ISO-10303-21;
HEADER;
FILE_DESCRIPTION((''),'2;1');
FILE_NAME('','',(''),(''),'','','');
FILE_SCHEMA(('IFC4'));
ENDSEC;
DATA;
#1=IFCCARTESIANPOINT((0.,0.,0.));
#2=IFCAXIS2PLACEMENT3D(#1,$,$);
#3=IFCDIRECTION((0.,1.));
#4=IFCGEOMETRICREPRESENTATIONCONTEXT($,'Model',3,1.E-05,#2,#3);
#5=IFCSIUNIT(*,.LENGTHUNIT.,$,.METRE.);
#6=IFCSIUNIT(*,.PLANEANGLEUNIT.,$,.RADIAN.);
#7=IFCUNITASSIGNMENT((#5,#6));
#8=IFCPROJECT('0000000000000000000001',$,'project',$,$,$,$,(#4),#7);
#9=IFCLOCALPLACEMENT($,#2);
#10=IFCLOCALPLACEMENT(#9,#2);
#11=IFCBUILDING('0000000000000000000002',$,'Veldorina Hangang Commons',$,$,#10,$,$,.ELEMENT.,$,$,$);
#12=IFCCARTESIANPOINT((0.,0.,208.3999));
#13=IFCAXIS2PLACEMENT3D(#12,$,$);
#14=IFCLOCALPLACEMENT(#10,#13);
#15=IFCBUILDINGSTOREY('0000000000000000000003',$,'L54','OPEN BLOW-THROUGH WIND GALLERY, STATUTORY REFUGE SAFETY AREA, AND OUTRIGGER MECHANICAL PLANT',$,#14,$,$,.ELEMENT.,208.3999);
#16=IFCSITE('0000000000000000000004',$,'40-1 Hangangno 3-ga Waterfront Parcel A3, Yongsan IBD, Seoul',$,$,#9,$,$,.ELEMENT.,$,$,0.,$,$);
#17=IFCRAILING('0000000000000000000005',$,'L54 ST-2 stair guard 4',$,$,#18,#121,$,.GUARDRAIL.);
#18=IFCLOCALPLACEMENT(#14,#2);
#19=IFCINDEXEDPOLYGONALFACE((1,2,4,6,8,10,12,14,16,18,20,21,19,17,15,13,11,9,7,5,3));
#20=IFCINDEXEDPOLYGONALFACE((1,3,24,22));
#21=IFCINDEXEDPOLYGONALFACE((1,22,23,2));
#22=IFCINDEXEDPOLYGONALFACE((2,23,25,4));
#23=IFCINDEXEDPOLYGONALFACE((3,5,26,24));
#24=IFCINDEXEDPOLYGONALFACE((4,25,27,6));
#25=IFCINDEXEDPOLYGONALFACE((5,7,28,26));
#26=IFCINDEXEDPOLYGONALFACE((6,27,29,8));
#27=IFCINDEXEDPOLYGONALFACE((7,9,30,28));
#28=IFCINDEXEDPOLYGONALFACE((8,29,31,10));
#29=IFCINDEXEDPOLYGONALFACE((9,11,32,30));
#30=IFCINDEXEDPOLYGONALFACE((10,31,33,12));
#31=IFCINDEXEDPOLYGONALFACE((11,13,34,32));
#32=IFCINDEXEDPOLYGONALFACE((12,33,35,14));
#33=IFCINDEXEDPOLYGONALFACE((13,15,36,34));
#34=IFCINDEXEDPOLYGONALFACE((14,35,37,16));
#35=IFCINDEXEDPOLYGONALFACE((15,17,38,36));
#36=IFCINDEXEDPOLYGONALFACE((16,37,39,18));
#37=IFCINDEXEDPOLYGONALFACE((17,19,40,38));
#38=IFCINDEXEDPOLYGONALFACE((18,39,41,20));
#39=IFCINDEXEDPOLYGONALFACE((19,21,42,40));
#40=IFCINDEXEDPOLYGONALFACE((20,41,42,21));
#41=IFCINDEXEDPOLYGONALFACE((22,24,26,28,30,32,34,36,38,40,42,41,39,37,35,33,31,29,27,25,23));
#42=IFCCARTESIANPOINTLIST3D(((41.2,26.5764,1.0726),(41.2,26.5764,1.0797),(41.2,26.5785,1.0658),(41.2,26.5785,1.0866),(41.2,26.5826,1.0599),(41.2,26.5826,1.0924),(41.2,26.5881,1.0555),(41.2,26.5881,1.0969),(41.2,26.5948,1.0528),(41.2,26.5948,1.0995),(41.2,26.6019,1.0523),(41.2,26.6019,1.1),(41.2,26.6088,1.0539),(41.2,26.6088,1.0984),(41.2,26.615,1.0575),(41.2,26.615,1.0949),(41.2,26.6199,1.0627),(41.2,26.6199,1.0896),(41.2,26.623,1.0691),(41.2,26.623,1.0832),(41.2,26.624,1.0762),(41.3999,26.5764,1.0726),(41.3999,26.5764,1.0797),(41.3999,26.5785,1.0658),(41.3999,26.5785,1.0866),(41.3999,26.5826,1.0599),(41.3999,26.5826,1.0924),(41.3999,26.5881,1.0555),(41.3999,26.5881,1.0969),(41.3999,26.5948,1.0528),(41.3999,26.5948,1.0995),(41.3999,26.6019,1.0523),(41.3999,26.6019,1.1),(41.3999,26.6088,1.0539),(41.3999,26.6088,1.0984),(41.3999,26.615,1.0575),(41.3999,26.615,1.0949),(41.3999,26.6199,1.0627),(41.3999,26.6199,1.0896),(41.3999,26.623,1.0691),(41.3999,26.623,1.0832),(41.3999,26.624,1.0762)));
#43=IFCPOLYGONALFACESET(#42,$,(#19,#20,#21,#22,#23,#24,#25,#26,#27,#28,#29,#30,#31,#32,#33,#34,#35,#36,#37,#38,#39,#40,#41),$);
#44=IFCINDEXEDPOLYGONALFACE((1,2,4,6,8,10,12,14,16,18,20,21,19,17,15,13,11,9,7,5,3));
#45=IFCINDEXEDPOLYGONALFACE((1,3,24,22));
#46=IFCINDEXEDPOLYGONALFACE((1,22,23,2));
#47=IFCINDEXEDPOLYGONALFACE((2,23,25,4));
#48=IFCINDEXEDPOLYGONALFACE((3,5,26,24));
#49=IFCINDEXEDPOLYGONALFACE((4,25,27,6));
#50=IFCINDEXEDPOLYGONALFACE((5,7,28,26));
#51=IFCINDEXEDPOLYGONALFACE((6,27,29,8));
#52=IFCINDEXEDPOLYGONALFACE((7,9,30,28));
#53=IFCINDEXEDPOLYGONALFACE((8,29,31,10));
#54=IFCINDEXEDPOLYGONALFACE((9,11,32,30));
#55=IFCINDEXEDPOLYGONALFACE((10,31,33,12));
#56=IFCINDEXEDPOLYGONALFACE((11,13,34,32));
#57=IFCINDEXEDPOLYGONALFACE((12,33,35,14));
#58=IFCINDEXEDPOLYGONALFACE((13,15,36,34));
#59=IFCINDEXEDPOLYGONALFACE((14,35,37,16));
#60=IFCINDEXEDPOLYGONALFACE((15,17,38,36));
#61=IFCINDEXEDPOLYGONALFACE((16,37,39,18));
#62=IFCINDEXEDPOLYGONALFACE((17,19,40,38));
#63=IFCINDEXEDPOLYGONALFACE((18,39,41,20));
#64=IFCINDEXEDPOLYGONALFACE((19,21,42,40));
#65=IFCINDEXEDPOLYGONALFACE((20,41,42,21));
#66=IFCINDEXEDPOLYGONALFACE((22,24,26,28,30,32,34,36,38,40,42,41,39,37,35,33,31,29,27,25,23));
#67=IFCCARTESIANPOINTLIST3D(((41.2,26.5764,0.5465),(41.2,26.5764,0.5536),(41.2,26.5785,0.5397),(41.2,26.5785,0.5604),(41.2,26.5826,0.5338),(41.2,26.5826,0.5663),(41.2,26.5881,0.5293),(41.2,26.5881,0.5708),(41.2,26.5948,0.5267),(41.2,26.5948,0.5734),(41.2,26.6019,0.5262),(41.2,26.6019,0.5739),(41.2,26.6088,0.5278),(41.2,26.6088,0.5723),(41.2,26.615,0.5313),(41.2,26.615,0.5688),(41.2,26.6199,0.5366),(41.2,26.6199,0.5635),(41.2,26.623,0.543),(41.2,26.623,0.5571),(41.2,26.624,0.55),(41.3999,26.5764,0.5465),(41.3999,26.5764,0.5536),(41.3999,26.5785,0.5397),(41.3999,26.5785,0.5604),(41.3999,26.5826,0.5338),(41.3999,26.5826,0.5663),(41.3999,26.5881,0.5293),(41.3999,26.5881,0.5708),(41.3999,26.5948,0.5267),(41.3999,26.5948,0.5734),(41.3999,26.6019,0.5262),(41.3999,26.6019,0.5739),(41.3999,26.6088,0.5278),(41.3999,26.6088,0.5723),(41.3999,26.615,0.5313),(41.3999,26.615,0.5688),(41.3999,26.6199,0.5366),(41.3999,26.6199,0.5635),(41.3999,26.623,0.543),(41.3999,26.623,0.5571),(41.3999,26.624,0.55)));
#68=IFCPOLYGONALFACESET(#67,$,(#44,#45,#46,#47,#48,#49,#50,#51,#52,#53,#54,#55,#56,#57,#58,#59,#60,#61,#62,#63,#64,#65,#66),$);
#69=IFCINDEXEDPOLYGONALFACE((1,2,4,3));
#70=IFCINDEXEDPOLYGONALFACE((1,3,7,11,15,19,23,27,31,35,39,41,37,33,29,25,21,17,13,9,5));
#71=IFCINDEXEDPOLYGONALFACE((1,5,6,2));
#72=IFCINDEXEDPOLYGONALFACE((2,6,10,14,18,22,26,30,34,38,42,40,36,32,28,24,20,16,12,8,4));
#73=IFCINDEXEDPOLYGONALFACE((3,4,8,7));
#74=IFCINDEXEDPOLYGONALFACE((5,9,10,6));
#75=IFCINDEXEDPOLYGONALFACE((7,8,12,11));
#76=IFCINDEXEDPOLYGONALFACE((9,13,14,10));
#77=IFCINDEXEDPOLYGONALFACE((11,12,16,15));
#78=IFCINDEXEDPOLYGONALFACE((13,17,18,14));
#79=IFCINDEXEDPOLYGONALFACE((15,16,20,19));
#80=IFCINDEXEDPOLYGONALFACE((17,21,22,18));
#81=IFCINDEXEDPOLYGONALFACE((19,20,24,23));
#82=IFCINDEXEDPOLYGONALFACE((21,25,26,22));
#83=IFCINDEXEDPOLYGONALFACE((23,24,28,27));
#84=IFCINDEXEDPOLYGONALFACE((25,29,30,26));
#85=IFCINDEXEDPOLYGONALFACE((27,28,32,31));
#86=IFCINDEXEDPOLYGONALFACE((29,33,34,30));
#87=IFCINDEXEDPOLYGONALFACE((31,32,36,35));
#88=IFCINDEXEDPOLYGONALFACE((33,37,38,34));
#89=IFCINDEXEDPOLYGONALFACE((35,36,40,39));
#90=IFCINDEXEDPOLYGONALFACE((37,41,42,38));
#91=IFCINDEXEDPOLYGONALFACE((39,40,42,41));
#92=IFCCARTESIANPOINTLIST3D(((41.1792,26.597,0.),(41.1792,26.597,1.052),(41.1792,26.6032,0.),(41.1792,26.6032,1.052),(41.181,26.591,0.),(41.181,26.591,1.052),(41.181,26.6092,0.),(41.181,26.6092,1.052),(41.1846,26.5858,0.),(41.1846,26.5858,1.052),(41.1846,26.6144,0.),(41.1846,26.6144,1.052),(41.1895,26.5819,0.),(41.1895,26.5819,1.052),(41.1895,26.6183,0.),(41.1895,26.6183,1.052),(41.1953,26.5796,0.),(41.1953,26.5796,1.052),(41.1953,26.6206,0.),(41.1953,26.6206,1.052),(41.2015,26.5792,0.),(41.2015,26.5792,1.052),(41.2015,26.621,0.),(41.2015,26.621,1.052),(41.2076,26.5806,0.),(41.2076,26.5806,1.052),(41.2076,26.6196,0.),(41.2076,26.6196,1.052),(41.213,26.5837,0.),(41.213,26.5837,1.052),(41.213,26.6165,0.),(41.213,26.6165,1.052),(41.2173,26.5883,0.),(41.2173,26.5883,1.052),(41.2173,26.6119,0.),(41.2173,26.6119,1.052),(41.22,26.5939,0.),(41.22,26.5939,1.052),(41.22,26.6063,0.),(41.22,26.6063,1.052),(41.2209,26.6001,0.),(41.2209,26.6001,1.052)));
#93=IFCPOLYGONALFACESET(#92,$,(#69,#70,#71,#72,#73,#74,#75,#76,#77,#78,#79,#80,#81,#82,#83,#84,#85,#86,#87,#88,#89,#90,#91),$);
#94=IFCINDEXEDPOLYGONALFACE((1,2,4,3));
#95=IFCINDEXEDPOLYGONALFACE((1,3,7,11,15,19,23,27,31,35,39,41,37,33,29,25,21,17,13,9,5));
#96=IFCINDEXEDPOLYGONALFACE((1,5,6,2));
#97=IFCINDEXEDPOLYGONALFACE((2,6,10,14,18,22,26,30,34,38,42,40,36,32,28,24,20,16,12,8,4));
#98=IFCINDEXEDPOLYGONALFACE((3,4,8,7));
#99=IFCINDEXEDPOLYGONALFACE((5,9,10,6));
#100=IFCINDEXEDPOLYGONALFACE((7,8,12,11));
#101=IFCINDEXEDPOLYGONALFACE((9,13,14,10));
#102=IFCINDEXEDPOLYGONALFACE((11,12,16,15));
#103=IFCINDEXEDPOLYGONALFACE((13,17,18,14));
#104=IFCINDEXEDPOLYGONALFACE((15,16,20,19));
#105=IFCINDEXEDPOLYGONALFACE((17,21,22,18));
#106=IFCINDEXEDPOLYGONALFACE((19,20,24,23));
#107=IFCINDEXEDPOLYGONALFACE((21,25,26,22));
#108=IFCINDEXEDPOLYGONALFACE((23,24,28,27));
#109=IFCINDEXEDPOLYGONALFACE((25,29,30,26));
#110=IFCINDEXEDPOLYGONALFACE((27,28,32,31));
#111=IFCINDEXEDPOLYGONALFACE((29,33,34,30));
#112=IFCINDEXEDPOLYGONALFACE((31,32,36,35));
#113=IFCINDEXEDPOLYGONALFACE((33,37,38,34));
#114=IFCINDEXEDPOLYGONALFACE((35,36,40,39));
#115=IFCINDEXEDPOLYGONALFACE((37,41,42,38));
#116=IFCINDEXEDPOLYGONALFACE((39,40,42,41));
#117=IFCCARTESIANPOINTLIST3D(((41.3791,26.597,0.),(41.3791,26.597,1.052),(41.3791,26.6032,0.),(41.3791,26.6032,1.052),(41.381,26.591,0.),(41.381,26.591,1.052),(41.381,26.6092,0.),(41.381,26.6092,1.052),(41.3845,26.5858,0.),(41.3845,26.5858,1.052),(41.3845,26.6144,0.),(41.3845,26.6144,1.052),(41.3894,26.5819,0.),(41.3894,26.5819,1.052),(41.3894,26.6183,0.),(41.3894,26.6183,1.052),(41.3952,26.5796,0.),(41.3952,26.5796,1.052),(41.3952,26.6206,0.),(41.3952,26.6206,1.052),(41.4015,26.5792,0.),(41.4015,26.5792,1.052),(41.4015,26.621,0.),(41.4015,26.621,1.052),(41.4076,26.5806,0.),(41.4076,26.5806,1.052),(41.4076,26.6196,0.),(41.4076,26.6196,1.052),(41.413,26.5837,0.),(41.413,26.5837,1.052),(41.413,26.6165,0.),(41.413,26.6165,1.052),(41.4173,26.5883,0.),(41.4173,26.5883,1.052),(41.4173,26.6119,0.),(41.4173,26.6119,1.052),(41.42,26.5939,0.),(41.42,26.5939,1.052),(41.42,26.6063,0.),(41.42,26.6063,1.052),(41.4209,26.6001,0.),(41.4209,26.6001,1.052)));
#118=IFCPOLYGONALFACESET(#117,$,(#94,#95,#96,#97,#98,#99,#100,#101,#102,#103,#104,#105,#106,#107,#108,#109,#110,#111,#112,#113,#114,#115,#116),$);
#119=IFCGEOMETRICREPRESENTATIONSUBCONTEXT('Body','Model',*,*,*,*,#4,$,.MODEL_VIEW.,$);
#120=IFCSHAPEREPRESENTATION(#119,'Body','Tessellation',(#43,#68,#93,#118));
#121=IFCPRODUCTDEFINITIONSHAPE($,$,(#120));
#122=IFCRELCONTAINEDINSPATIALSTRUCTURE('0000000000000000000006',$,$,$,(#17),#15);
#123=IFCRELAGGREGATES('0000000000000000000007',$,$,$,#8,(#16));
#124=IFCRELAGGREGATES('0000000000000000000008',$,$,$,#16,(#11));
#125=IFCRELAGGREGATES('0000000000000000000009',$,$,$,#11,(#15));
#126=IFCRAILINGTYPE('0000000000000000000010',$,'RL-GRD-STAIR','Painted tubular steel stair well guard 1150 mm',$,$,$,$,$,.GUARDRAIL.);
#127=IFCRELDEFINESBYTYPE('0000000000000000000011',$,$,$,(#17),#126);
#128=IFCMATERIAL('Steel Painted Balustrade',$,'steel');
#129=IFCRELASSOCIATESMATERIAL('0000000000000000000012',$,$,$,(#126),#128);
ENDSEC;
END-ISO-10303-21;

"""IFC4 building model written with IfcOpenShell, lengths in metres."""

from ifc_helpers import new_model, si_unit, direction, frame, origin, origin_2d, place, context, subcontext, project, spatial, circle, extrude, material, type_object, element, save


model = new_model("IFC4")

# Units and contexts
model_context = context("Model", 3, precision=1e-05, world=origin(), true_north=direction((0.0, 1.0)))
body_context = subcontext(model_context, "Body", "Model", "MODEL_VIEW")
ifc_project = project(units=[si_unit("LENGTHUNIT", "METRE"), si_unit("PLANEANGLEUNIT", "RADIAN")], contexts=[model_context])

# Site, building, storey
site_placement = place(None, origin())
site = spatial("IfcSite", under=ifc_project, at=site_placement, Name="40-1 Hangangno 3-ga Waterfront Parcel A3, Yongsan IBD, Seoul", CompositionType="ELEMENT", RefElevation=0.0)
building_placement = place(site_placement, origin())
building = spatial("IfcBuilding", under=site, at=building_placement, Name="Veldorina Hangang Commons", CompositionType="ELEMENT")
storey_placement = place(building_placement, frame((0.0, 0.0, 208.3999)))
storey = spatial("IfcBuildingStorey", under=building, at=storey_placement, Name="L54", Description="OPEN BLOW-THROUGH WIND GALLERY, STATUTORY REFUGE SAFETY AREA, AND OUTRIGGER MECHANICAL PLANT", CompositionType="ELEMENT", Elevation=208.3999)

# Railing
ifc_material_1 = material(Name="Steel Painted Balustrade", Category="steel")
railing_type_1 = type_object("IfcRailingType", Name="RL-GRD-STAIR", Description="Painted tubular steel stair well guard 1150 mm", PredefinedType="GUARDRAIL", material=ifc_material_1)
railing_1_placement = place(storey_placement, frame((41.2, 26.6001, 0.0)))
element("IfcRailing", 1, at=railing_1_placement, inside=storey, type_object=railing_type_1, Name="L54 ST-2 stair guard 4", PredefinedType="GUARDRAIL", context=body_context, shape_type="SweptSolid", body=[
    extrude(circle(Radius=0.0239, at=origin_2d()), frame((0.0, 0.0, 1.0762), z_axis=(1.0, 0.0, 0.0), x_axis=(0.0, 1.0, 0.0)), (0.0, 0.0, 1.0), 0.2),
    extrude(circle(Radius=0.0239, at=origin_2d()), frame((0.0, 0.0, 0.55), z_axis=(1.0, 0.0, 0.0), x_axis=(0.0, 1.0, 0.0)), (0.0, 0.0, 1.0), 0.2),
    extrude(circle(Radius=0.021, at=origin_2d()), origin(), (0.0, 0.0, 1.0), 1.052),
    extrude(circle(Radius=0.021, at=origin_2d()), frame((0.2, 0.0, 0.0)), (0.0, 0.0, 1.0), 1.052),
])

save(model, "model.ifc")
